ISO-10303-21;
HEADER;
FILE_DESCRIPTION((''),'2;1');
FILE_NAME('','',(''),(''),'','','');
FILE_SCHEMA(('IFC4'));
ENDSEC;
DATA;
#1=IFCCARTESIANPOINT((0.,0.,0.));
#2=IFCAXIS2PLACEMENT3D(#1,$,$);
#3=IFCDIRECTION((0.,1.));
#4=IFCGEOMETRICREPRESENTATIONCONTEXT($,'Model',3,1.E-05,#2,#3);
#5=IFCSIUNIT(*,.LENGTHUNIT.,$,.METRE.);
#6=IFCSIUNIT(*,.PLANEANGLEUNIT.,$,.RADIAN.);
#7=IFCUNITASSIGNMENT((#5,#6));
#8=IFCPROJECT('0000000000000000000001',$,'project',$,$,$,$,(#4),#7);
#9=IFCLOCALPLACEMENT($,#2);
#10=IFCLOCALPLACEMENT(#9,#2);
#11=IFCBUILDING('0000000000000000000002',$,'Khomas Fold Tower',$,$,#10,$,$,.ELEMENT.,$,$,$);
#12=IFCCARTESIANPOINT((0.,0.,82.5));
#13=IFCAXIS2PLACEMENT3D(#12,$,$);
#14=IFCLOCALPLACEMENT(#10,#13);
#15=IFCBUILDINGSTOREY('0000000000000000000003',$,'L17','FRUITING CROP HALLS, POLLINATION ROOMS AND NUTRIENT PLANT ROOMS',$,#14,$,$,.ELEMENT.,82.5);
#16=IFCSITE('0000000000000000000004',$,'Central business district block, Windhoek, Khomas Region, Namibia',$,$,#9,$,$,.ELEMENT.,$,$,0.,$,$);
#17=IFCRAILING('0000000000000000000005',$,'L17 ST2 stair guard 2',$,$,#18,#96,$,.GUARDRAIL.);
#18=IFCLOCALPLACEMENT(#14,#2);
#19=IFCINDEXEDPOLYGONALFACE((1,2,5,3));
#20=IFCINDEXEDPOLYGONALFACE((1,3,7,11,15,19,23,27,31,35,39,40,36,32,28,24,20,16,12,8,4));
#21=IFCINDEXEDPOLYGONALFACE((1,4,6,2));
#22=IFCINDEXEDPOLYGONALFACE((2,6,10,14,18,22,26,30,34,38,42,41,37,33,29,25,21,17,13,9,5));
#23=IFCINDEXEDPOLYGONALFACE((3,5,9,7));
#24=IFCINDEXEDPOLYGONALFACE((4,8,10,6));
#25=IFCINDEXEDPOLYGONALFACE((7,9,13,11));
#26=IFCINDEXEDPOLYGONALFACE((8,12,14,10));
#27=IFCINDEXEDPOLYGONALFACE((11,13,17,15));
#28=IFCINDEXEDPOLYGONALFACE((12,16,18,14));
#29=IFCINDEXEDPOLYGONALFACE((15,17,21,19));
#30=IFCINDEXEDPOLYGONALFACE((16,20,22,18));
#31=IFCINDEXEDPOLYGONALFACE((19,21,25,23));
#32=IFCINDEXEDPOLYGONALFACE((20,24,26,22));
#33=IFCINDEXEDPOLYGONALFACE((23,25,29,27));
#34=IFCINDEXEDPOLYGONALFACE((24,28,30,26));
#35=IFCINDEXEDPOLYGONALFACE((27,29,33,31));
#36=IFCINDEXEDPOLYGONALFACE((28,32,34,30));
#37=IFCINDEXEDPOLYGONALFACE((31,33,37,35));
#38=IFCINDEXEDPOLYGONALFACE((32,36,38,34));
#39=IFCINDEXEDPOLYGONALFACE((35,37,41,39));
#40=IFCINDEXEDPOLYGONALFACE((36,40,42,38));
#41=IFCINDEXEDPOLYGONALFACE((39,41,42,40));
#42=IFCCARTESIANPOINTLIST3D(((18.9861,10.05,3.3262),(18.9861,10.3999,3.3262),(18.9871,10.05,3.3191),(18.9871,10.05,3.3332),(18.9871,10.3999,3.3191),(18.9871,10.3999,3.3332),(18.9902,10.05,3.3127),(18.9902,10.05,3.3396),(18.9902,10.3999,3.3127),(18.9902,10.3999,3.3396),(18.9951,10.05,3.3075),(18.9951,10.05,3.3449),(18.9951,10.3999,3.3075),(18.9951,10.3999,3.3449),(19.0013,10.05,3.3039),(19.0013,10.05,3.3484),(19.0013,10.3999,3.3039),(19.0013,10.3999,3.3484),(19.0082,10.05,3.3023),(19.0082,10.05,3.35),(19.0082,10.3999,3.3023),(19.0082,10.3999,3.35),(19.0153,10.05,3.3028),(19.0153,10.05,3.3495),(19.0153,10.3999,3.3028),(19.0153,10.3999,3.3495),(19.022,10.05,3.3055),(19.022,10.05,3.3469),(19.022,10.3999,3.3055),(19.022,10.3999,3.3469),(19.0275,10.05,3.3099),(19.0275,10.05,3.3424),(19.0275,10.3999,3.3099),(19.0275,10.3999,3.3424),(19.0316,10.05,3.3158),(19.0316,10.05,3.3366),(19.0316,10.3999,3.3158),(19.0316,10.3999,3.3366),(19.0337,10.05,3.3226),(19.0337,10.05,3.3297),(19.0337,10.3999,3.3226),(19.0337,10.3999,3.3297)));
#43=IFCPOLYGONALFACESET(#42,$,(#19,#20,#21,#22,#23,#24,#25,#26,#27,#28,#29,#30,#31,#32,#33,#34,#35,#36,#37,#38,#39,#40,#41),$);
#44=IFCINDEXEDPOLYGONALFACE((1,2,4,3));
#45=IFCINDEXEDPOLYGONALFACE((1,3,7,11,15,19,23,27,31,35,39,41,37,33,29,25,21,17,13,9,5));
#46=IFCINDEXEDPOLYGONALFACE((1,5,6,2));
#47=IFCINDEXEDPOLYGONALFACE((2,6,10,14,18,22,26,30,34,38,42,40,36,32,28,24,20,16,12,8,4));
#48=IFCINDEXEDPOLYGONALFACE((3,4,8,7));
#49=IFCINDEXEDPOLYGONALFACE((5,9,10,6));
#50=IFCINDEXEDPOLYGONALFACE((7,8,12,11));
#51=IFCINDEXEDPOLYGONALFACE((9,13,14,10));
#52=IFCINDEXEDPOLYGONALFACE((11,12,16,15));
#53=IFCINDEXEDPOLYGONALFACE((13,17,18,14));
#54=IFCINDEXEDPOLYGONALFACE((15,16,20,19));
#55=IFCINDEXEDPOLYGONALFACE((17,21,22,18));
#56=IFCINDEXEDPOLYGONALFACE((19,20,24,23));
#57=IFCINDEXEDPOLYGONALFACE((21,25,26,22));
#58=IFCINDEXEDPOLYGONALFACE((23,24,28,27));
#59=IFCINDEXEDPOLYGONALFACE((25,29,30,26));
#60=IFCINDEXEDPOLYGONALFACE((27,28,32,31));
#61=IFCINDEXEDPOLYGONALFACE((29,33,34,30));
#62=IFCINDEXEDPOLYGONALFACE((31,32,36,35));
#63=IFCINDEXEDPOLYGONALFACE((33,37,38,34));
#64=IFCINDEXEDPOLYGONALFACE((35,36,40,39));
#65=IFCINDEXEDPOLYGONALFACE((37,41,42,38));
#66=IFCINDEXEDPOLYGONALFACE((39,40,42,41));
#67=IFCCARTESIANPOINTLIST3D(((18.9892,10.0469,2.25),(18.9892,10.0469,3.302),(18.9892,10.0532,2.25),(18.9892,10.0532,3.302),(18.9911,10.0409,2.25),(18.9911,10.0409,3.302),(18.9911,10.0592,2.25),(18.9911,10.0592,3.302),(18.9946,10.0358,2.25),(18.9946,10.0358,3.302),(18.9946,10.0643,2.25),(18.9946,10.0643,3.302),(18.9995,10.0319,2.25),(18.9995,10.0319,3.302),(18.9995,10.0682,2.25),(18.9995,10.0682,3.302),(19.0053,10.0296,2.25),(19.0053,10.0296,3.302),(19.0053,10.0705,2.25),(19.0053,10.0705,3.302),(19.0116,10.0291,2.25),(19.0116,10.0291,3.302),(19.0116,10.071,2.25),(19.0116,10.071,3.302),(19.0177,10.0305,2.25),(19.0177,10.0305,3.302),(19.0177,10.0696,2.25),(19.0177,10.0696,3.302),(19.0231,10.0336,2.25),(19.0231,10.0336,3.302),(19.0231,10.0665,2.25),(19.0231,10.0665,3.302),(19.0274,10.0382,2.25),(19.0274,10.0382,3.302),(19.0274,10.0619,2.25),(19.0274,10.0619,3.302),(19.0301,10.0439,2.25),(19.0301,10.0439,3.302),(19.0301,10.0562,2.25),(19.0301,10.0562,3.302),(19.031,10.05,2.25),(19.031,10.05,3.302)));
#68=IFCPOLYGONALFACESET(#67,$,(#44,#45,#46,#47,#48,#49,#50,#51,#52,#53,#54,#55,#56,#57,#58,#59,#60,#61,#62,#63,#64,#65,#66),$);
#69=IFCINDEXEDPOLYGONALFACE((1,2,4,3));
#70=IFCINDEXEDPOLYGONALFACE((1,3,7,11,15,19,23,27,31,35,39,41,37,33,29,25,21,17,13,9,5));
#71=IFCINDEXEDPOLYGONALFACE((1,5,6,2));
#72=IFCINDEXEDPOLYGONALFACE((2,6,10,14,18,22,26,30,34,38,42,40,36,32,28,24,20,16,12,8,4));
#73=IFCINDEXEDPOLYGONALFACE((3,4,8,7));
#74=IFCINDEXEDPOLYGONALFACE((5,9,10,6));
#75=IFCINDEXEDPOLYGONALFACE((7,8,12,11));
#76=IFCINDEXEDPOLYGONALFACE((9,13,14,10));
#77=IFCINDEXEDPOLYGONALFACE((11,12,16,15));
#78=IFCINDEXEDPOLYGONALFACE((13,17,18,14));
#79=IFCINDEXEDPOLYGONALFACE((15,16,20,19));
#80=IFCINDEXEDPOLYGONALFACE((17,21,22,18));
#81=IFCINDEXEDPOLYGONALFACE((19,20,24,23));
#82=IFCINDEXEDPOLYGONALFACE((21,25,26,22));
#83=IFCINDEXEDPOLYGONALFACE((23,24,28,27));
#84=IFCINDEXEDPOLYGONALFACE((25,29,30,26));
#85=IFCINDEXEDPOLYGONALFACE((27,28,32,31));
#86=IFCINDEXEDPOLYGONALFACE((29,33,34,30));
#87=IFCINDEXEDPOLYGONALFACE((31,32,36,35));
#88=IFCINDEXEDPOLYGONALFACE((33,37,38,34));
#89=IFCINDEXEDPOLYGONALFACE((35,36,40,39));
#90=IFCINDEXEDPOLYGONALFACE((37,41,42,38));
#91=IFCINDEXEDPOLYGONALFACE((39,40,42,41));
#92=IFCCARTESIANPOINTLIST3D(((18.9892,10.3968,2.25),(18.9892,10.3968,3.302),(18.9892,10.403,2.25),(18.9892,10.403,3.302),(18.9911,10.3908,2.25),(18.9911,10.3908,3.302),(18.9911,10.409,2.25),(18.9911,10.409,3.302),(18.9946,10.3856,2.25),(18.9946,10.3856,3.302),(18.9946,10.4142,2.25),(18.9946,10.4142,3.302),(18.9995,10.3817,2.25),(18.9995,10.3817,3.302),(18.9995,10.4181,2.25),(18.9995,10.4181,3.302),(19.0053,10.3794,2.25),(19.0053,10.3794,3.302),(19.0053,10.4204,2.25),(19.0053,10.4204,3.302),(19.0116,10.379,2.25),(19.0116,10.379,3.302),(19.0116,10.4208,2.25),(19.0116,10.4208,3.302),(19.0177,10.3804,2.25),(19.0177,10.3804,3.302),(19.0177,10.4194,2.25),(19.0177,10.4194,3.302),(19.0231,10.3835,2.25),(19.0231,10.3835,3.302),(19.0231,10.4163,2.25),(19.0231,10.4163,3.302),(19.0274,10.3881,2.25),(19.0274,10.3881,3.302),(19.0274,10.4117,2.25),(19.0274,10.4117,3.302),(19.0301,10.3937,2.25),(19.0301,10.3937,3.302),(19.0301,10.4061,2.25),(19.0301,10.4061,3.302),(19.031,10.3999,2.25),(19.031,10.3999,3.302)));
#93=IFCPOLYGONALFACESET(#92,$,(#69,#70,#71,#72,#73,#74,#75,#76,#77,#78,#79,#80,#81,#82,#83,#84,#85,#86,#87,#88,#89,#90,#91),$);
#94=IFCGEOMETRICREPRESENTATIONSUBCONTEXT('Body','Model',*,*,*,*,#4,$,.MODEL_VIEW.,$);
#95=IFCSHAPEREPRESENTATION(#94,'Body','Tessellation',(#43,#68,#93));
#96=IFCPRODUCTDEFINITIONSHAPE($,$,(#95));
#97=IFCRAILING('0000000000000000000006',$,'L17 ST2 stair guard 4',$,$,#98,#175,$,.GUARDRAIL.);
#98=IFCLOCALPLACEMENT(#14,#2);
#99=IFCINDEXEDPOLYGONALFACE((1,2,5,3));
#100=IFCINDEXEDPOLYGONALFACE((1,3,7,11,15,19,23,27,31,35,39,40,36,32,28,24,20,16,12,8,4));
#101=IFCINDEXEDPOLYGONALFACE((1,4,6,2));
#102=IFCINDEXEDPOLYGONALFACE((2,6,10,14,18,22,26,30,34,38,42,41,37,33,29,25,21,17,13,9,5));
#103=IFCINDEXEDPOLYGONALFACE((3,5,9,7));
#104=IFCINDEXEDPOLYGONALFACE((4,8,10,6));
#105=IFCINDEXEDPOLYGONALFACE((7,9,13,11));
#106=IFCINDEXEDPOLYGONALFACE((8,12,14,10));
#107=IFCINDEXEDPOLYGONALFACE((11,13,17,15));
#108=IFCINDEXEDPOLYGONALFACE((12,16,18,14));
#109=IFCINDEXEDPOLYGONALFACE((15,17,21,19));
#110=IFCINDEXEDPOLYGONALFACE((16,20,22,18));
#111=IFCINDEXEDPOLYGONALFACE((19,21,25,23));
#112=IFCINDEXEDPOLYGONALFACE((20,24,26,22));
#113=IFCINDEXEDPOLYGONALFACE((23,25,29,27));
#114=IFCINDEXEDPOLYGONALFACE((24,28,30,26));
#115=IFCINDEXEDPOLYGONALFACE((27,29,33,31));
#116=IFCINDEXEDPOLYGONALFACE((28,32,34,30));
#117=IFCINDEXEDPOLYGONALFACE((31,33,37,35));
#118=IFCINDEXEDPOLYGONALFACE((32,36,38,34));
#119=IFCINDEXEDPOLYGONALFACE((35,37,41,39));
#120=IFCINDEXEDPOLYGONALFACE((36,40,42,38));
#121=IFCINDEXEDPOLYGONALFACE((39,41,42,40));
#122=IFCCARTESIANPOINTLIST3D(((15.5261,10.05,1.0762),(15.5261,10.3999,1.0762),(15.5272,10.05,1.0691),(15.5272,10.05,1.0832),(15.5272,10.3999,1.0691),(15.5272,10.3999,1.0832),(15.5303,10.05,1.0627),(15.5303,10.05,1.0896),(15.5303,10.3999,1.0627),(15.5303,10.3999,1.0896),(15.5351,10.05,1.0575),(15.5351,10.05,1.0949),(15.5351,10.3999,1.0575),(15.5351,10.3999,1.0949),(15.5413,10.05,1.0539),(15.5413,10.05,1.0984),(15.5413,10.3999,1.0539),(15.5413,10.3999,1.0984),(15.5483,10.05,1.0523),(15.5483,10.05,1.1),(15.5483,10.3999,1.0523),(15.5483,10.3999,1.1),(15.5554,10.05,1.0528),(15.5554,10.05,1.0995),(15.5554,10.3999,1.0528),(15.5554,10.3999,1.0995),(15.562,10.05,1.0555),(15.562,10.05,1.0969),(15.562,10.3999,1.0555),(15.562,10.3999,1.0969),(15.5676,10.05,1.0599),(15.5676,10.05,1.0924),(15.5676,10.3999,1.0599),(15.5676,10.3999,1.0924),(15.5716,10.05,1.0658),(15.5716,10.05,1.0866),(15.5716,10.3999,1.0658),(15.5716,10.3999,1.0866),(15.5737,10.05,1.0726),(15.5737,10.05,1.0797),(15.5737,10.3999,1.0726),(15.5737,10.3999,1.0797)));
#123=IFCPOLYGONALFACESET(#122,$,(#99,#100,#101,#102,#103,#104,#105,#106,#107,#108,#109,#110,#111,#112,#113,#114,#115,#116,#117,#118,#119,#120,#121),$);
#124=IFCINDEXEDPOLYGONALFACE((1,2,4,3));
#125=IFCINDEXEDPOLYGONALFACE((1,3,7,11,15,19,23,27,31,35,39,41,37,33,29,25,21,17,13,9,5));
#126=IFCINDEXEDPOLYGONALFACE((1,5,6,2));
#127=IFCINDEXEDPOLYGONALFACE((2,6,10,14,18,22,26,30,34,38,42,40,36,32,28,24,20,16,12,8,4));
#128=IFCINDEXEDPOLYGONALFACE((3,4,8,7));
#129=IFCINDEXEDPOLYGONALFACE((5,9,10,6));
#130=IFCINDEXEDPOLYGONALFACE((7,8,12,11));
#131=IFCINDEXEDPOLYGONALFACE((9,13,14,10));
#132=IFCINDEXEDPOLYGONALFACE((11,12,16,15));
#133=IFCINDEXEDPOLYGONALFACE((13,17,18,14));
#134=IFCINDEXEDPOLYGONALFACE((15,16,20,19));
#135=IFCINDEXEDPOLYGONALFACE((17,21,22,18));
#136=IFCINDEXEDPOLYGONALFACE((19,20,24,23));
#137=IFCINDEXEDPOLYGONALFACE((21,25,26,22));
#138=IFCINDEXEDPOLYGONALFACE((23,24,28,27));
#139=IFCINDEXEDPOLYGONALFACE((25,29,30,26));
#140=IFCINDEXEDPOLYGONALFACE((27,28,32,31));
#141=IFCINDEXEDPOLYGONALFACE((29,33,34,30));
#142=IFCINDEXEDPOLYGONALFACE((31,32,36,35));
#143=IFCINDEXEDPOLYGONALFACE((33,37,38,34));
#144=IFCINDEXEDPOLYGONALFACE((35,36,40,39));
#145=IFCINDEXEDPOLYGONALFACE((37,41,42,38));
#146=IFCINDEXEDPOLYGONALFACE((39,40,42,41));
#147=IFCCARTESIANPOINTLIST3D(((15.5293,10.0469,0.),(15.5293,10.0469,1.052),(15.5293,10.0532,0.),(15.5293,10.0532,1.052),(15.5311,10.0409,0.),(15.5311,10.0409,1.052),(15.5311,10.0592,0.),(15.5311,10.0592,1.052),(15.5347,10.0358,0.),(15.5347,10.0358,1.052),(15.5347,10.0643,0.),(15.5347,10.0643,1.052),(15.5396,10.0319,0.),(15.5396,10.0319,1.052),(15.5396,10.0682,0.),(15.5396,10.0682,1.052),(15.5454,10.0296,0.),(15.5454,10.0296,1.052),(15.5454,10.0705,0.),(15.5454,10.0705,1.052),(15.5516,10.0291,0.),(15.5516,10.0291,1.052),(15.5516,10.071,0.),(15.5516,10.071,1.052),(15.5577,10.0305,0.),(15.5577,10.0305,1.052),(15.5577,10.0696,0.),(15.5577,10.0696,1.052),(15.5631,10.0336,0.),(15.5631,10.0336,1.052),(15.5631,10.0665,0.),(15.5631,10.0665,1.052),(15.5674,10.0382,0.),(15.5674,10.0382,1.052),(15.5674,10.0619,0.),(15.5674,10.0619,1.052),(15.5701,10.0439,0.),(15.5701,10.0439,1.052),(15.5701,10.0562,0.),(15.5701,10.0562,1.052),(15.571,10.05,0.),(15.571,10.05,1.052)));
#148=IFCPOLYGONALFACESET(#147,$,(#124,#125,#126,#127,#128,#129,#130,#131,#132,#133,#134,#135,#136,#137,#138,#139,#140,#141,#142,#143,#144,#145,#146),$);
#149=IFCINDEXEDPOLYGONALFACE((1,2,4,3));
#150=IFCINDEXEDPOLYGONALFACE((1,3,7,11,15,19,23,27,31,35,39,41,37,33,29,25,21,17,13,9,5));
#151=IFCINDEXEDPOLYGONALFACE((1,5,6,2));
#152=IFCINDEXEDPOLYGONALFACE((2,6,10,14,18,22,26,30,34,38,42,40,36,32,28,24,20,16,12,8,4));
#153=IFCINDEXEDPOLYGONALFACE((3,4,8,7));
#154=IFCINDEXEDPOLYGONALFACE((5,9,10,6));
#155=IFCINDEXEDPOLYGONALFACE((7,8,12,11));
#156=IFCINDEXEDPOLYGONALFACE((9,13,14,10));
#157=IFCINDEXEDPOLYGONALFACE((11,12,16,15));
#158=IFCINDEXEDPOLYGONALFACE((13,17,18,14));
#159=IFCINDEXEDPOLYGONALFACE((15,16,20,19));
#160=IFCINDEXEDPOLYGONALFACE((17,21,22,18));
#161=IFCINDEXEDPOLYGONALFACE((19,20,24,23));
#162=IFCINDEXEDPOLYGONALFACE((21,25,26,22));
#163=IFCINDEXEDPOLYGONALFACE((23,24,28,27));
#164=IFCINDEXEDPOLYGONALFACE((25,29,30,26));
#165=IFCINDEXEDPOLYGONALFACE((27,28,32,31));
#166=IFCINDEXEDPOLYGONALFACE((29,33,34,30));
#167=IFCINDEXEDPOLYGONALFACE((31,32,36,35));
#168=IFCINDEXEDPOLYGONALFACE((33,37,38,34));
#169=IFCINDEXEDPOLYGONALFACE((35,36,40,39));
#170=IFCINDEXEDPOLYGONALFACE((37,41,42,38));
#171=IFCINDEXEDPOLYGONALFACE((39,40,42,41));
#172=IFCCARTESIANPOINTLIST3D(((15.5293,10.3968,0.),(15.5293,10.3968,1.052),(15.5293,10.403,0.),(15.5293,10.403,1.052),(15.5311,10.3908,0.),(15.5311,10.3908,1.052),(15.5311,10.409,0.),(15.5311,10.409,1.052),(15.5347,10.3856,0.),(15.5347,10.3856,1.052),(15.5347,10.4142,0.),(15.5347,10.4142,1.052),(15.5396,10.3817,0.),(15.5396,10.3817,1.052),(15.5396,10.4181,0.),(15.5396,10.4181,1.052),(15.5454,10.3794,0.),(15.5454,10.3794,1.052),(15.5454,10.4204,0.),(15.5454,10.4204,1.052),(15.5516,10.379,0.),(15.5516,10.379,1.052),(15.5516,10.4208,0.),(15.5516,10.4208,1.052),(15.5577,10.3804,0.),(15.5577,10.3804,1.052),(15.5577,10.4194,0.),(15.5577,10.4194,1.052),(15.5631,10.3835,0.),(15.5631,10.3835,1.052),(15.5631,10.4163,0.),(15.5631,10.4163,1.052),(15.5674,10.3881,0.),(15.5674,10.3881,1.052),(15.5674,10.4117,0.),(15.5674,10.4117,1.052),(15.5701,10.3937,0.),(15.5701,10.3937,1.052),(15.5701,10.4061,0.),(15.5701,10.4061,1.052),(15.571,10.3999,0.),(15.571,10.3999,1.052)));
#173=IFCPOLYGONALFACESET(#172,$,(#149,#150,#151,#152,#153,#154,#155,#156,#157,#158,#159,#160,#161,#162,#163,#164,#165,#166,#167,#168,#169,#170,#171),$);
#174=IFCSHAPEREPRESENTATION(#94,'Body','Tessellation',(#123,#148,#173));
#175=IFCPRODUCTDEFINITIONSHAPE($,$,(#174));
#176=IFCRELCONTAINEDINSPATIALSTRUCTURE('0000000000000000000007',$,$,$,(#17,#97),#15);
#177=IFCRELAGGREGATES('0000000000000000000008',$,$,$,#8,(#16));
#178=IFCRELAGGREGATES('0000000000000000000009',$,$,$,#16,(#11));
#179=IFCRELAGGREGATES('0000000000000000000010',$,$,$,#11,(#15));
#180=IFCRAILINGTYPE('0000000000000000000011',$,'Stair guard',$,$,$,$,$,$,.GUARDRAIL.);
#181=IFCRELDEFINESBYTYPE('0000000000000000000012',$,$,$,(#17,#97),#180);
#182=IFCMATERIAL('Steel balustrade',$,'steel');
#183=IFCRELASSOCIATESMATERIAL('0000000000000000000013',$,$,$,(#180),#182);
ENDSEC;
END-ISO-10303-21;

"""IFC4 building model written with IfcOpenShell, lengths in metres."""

from ifc_helpers import new_model, si_unit, direction, frame, origin, origin_2d, place, context, subcontext, project, spatial, circle, extrude, source, transform, mapped, material, type_object, element, save


model = new_model("IFC4")

# Units and contexts
model_context = context("Model", 3, precision=1e-05, world=origin(), true_north=direction((0.0, 1.0)))
body_context = subcontext(model_context, "Body", "Model", "MODEL_VIEW")
ifc_project = project(units=[si_unit("LENGTHUNIT", "METRE"), si_unit("PLANEANGLEUNIT", "RADIAN")], contexts=[model_context])

# Site, building, storey
site_placement = place(None, origin())
site = spatial("IfcSite", under=ifc_project, at=site_placement, Name="Central business district block, Windhoek, Khomas Region, Namibia", CompositionType="ELEMENT", RefElevation=0.0)
building_placement = place(site_placement, origin())
building = spatial("IfcBuilding", under=site, at=building_placement, Name="Khomas Fold Tower", CompositionType="ELEMENT")
storey_placement = place(building_placement, frame((0.0, 0.0, 82.5)))
storey = spatial("IfcBuildingStorey", under=building, at=storey_placement, Name="L17", Description="FRUITING CROP HALLS, POLLINATION ROOMS AND NUTRIENT PLANT ROOMS", CompositionType="ELEMENT", Elevation=82.5)

# Railings
ifc_material_1 = material(Name="Steel balustrade", Category="steel")
railing_type_1 = type_object("IfcRailingType", Name="Stair guard", PredefinedType="GUARDRAIL", material=ifc_material_1)
shared_shape_1 = source(origin(), body_context, "Body", "SweptSolid", [
    extrude(circle(Radius=0.0239, at=origin_2d()), frame((0.0, 0.0, 1.0762), z_axis=(0.0, 1.0, 0.0), x_axis=(-1.0, 0.0, 0.0)), (0.0, 0.0, 1.0), 0.3499),
    extrude(circle(Radius=0.021, at=origin_2d()), origin(), (0.0, 0.0, 1.0), 1.052),
    extrude(circle(Radius=0.021, at=origin_2d()), frame((0.0, 0.3499, 0.0)), (0.0, 0.0, 1.0), 1.052),
])
for number, where, name in (
    (1, (19.01, 10.05, 2.25), "L17 ST2 stair guard 2"),
    (2, (15.55, 10.05, 0.0), "L17 ST2 stair guard 4"),
):
    element("IfcRailing", number, at=place(storey_placement, frame(where)), inside=storey, type_object=railing_type_1, Name=name, PredefinedType="GUARDRAIL", context=body_context, shape_type="MappedRepresentation", body=[
        mapped(shared_shape_1, transform((0.0, 0.0, 0.0))),
    ])

save(model, "model.ifc")
